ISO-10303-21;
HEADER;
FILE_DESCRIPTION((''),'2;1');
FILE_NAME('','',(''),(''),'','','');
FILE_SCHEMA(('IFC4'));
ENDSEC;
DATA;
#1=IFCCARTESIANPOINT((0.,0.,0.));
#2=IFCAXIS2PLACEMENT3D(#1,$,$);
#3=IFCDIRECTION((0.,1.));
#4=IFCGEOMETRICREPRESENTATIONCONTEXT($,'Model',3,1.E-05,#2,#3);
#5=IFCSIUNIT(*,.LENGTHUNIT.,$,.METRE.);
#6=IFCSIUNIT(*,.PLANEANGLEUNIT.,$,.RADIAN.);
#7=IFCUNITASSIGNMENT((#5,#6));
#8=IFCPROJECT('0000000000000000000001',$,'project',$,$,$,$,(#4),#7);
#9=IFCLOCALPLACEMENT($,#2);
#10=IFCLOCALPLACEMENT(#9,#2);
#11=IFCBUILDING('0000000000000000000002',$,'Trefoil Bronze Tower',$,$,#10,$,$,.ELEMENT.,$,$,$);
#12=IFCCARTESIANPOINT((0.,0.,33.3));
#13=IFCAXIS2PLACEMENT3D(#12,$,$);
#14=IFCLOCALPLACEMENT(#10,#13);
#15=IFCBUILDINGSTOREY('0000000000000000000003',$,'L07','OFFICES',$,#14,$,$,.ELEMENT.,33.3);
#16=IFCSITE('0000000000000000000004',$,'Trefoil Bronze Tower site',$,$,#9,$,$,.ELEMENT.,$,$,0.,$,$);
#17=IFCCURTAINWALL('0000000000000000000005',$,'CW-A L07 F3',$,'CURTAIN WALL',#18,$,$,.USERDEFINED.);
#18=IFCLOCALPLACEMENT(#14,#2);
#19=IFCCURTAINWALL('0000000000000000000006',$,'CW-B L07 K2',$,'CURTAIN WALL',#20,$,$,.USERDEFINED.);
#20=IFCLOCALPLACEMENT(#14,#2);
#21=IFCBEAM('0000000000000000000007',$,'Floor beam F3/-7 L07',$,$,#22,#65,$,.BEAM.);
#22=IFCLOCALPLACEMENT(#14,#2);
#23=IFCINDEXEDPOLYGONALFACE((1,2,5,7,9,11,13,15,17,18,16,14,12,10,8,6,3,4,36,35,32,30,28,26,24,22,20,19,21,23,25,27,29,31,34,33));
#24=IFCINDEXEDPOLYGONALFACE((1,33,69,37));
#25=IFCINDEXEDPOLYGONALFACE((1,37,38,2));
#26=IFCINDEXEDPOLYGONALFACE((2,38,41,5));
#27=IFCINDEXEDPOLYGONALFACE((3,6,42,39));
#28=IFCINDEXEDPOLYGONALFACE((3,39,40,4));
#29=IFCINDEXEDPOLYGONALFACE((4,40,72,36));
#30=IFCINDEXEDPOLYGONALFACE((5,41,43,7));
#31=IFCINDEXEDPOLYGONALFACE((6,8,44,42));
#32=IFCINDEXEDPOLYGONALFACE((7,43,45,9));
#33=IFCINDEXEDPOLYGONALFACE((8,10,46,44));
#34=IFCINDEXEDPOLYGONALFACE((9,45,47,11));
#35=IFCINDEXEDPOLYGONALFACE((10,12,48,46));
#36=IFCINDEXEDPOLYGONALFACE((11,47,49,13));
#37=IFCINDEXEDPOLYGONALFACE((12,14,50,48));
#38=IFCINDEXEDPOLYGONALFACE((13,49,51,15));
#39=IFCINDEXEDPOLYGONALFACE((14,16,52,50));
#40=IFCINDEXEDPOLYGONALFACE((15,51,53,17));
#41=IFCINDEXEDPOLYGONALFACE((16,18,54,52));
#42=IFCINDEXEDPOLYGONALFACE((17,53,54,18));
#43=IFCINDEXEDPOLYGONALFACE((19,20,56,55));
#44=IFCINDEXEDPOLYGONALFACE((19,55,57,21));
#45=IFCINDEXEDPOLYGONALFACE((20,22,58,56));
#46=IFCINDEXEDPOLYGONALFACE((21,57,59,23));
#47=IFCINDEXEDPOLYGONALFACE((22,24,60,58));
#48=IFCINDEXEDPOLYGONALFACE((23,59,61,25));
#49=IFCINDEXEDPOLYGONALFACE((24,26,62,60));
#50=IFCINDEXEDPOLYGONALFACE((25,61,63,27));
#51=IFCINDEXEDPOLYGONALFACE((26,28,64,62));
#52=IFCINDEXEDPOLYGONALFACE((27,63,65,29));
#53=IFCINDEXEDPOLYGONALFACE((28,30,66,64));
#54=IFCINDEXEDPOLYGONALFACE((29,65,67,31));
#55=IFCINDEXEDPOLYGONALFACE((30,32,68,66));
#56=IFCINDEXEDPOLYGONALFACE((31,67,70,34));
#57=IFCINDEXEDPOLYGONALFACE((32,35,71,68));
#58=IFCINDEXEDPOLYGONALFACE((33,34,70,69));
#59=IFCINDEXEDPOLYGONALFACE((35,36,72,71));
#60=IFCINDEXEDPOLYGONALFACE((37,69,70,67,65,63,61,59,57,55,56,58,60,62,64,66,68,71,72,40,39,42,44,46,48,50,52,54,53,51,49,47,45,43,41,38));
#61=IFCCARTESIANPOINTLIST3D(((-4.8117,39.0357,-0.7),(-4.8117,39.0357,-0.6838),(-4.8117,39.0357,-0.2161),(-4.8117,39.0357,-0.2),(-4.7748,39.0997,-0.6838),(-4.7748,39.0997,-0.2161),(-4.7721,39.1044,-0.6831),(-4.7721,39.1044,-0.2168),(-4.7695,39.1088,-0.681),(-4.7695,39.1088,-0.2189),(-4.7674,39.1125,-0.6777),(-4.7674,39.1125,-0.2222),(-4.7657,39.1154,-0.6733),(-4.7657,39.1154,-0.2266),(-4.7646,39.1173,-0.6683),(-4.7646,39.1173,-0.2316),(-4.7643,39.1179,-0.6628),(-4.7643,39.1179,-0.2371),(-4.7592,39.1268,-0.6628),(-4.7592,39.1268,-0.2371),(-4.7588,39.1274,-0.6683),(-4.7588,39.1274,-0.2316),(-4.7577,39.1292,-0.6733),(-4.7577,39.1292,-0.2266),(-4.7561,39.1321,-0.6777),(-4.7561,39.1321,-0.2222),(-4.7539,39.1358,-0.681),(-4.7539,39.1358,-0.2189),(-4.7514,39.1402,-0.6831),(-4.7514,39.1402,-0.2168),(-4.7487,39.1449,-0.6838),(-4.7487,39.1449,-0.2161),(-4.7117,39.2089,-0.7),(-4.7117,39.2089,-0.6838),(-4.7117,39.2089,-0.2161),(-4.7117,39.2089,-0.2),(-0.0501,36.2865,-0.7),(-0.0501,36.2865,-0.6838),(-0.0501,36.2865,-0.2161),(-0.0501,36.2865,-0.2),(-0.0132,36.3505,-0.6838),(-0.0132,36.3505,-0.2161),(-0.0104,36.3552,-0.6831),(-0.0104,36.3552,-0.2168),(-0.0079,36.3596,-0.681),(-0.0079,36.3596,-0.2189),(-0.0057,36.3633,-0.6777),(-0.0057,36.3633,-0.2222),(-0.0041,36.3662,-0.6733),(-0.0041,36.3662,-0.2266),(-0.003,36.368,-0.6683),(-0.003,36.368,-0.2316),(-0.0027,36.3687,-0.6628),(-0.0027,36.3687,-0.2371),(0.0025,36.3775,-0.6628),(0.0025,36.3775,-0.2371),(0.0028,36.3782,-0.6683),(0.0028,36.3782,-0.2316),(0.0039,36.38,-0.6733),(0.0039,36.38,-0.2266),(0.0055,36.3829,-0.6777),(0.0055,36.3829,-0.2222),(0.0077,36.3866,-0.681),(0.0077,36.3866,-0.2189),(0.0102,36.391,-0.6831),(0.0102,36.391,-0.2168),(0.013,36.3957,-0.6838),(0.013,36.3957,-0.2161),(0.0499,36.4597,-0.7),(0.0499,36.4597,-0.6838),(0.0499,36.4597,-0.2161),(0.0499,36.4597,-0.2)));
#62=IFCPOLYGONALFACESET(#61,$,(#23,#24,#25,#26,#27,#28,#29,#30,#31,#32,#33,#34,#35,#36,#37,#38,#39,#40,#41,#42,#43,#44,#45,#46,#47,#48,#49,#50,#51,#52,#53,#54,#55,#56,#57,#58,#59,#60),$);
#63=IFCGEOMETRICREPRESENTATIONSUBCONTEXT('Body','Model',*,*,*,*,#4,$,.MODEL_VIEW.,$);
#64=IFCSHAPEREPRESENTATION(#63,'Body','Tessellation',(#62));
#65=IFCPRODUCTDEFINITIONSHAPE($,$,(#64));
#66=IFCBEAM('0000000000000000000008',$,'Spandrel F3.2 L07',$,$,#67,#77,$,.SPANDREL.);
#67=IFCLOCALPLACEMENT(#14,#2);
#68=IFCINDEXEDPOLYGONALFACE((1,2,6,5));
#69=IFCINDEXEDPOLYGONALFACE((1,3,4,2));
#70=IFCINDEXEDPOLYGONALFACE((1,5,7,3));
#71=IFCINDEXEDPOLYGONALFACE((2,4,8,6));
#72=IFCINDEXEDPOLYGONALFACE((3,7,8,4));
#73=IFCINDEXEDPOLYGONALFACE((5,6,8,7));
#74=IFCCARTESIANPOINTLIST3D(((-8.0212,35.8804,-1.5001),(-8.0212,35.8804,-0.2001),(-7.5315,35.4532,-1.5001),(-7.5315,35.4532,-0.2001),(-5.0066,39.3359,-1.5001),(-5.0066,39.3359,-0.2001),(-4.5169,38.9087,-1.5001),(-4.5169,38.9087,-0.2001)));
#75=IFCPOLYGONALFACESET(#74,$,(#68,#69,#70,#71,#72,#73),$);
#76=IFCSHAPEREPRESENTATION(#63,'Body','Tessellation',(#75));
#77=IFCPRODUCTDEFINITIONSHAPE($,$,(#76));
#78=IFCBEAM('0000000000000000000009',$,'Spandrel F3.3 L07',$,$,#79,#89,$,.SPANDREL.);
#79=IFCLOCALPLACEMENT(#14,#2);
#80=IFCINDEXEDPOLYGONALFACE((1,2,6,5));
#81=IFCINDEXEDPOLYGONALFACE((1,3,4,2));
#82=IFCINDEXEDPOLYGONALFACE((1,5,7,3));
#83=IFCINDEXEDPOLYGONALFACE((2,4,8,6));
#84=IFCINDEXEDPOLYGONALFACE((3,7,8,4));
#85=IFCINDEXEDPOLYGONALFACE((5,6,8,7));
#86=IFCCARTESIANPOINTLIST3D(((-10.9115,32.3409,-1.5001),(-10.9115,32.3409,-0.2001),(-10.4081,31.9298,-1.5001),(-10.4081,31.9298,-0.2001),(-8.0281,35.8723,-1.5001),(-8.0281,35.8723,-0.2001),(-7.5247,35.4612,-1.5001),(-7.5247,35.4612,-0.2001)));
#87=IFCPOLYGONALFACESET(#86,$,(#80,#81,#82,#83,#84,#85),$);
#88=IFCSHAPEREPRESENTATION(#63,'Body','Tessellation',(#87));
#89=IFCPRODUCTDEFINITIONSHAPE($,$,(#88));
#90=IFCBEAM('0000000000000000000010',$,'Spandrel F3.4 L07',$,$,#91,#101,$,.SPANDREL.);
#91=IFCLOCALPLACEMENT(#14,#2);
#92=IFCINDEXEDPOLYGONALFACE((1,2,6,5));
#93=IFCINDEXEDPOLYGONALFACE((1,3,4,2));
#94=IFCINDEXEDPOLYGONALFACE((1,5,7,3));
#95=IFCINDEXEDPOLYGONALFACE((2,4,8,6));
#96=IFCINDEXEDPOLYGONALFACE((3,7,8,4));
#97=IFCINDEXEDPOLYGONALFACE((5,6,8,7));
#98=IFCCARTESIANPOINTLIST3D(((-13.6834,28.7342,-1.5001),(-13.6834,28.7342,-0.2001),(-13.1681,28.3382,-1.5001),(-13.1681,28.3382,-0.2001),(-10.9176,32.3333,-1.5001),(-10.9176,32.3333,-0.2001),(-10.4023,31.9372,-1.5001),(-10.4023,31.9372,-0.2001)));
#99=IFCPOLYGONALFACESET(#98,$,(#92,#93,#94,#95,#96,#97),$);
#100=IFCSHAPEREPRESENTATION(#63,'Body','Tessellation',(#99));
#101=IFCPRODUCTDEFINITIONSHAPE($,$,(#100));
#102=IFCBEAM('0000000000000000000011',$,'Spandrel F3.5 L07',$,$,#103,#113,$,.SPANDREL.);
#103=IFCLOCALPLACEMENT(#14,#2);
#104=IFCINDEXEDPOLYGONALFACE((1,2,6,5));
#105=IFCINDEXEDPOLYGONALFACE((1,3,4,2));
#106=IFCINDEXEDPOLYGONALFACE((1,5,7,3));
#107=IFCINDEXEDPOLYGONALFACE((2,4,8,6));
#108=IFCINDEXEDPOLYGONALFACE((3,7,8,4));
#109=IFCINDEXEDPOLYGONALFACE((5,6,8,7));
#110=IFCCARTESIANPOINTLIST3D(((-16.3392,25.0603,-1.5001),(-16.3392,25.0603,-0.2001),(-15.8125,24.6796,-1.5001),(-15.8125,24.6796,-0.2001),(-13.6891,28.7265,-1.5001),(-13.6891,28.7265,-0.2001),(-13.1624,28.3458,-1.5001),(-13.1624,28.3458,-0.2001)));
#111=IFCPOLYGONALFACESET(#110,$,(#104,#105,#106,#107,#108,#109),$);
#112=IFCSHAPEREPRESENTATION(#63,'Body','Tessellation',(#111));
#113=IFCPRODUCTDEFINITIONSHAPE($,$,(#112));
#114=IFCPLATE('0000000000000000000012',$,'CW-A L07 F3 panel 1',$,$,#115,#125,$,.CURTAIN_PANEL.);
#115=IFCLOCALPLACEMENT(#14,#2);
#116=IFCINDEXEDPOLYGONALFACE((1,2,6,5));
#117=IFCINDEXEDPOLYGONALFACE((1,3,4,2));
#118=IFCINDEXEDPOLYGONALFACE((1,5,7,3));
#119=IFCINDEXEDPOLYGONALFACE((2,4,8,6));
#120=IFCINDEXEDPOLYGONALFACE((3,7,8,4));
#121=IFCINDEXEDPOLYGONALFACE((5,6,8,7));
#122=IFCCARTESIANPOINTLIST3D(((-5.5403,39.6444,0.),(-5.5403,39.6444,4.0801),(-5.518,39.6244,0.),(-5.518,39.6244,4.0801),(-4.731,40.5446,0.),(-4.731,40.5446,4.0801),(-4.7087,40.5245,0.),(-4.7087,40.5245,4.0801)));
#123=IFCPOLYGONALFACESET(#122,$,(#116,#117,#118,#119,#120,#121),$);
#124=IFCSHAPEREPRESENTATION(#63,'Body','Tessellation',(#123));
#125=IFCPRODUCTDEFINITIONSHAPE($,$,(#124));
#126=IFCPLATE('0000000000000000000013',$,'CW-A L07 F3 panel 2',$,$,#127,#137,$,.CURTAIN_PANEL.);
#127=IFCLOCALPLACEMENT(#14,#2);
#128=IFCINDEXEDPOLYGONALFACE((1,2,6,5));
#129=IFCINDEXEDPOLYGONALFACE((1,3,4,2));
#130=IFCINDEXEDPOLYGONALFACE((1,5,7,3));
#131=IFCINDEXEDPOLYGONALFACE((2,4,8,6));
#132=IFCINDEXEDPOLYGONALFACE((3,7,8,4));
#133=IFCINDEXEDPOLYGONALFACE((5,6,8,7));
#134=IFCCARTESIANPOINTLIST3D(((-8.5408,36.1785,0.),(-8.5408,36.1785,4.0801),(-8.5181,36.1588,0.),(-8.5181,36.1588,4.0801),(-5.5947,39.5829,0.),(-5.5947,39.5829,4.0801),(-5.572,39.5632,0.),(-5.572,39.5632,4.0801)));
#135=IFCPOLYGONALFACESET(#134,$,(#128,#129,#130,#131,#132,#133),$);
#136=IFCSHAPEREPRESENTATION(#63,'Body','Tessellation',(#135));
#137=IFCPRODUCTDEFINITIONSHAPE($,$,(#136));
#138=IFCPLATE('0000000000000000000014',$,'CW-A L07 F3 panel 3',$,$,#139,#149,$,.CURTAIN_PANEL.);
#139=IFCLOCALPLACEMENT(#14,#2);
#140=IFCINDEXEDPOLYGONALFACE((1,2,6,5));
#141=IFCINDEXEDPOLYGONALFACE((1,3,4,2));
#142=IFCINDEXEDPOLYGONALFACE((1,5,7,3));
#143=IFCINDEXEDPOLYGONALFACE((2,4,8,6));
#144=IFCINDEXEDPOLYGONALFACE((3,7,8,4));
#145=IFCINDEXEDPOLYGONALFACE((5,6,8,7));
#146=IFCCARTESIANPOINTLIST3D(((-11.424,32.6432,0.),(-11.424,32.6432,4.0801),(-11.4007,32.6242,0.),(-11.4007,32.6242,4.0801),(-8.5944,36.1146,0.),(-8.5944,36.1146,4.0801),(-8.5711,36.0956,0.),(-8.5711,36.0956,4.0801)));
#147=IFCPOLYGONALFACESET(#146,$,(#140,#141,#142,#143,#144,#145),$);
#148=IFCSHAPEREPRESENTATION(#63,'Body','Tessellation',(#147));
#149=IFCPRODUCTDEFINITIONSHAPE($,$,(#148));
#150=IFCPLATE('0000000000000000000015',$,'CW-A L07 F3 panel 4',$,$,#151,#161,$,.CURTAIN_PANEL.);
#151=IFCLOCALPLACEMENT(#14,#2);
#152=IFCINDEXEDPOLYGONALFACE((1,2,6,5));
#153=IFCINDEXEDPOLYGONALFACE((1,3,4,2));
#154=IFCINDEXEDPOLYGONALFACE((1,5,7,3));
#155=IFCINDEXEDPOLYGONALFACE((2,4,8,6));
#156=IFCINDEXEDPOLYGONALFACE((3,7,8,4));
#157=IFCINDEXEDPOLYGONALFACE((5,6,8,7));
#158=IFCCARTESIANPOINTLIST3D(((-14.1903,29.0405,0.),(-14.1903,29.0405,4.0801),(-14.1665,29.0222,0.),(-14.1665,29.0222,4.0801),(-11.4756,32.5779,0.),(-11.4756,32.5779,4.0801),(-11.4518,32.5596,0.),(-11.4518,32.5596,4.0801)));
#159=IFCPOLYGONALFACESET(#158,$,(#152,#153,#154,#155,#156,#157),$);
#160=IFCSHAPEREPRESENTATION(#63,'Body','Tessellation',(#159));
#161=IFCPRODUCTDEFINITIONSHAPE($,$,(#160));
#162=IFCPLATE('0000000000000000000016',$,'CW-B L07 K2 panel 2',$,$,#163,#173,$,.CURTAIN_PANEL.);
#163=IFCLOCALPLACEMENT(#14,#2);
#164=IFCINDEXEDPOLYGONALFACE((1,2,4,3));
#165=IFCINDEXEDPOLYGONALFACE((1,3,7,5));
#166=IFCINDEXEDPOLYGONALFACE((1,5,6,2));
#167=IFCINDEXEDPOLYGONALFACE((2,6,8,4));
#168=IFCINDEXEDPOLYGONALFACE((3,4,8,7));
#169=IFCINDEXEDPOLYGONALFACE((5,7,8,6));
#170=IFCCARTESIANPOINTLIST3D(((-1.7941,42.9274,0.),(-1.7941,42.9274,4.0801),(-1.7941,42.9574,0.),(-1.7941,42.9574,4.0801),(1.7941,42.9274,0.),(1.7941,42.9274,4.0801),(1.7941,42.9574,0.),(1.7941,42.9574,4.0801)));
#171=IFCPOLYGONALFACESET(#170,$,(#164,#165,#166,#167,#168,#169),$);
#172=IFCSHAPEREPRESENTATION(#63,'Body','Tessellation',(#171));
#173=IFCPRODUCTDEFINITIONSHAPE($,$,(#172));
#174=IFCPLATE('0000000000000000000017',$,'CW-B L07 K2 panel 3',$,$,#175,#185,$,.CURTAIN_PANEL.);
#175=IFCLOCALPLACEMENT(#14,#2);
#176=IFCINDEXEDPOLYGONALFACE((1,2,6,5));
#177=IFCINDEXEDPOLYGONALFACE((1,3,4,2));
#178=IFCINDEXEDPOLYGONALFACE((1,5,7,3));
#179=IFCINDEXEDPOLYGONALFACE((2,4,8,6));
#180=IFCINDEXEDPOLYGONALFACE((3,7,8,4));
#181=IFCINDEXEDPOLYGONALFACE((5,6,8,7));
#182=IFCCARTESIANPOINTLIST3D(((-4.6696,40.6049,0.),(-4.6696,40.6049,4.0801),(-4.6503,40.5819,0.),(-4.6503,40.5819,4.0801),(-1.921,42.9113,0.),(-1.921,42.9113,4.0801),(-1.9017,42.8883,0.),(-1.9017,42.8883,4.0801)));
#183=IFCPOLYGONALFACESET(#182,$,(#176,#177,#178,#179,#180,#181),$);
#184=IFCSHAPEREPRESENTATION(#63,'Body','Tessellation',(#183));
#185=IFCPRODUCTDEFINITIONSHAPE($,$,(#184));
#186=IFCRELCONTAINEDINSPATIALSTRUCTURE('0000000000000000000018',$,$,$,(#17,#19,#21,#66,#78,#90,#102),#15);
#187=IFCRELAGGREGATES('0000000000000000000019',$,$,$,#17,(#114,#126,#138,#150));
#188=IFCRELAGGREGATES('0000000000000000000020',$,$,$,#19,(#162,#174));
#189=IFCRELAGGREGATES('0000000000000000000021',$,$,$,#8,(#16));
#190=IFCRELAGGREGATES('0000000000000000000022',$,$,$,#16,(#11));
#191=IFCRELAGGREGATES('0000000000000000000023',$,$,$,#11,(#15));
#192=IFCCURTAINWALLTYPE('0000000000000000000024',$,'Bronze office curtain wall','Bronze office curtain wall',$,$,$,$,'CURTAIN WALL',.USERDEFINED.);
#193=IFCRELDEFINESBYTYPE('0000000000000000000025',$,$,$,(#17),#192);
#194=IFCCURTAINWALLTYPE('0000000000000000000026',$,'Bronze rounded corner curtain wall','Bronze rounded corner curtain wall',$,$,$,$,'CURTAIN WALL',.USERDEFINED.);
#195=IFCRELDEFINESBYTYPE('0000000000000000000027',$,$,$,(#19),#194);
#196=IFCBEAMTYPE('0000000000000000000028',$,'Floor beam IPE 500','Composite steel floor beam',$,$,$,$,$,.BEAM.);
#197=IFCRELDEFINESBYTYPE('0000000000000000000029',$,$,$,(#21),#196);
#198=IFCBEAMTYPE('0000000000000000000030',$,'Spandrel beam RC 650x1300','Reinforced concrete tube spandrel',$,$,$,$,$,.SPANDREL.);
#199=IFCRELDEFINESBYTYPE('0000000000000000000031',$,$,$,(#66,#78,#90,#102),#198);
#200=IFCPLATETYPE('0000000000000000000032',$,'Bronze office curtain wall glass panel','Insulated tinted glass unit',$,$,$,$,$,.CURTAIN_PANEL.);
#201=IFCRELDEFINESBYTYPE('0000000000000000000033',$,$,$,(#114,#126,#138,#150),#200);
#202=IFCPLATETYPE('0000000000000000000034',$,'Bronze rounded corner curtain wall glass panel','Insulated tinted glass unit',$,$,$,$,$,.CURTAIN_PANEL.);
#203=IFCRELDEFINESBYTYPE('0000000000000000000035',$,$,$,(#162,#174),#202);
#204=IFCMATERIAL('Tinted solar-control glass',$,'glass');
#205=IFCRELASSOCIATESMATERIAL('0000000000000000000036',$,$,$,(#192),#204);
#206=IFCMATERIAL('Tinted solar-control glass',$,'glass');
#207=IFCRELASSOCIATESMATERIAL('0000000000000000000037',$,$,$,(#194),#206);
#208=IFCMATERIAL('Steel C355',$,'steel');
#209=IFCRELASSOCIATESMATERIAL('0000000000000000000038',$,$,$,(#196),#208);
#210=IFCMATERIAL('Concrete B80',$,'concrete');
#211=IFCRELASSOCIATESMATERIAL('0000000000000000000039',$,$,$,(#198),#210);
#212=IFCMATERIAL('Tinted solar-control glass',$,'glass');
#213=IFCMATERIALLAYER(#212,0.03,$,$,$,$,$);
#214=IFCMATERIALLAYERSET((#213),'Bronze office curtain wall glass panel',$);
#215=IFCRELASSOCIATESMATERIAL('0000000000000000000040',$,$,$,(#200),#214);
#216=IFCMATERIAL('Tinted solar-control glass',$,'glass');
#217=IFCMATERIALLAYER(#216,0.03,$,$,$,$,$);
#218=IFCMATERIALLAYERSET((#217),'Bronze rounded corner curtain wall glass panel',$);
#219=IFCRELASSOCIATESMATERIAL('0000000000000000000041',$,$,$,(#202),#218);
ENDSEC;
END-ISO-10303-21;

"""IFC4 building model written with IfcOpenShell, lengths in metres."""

from ifc_helpers import new_model, si_unit, direction, frame, origin, origin_2d, place, context, subcontext, project, spatial, rectangle, i_section, extrude, material, layer, layer_set, material_profile, profile_set, type_object, element, aggregate, save


model = new_model("IFC4")

# Units and contexts
model_context = context("Model", 3, precision=1e-05, world=origin(), true_north=direction((0.0, 1.0)))
body_context = subcontext(model_context, "Body", "Model", "MODEL_VIEW")
ifc_project = project(units=[si_unit("LENGTHUNIT", "METRE"), si_unit("PLANEANGLEUNIT", "RADIAN")], contexts=[model_context])

# Site, building, storey
site_placement = place(None, origin())
site = spatial("IfcSite", under=ifc_project, at=site_placement, Name="Trefoil Bronze Tower site", CompositionType="ELEMENT", RefElevation=0.0)
building_placement = place(site_placement, origin())
building = spatial("IfcBuilding", under=site, at=building_placement, Name="Trefoil Bronze Tower", CompositionType="ELEMENT")
storey_placement = place(building_placement, frame((0.0, 0.0, 33.3)))
storey = spatial("IfcBuildingStorey", under=building, at=storey_placement, Name="L07", Description="OFFICES", CompositionType="ELEMENT", Elevation=33.3)

# Curtain walls
ifc_material_1 = material(Name="Tinted solar-control glass", Category="glass")
curtain_wall_type_1 = type_object("IfcCurtainWallType", Name="Bronze office curtain wall", Description="Bronze office curtain wall", ElementType="CURTAIN WALL", PredefinedType="USERDEFINED", material=ifc_material_1)
curtain_wall_1_placement = place(storey_placement, origin())
curtain_wall_1 = element("IfcCurtainWall", 1, at=curtain_wall_1_placement, inside=storey, type_object=curtain_wall_type_1, Name="CW-A L07 F3", ObjectType="CURTAIN WALL", PredefinedType="USERDEFINED")
ifc_material_2 = material(Name="Tinted solar-control glass", Category="glass")
curtain_wall_type_2 = type_object("IfcCurtainWallType", Name="Bronze rounded corner curtain wall", Description="Bronze rounded corner curtain wall", ElementType="CURTAIN WALL", PredefinedType="USERDEFINED", material=ifc_material_2)
curtain_wall_2_placement = place(storey_placement, origin())
curtain_wall_2 = element("IfcCurtainWall", 2, at=curtain_wall_2_placement, inside=storey, type_object=curtain_wall_type_2, Name="CW-B L07 K2", ObjectType="CURTAIN WALL", PredefinedType="USERDEFINED")

# Beams
ifc_material_3 = material(Name="Steel C355", Category="steel")
ifc_material_profile_1 = material_profile(ifc_material_3, i_section(OverallWidth=0.2, OverallDepth=0.5, WebThickness=0.0103, FlangeThickness=0.0161, FilletRadius=0.021, at=origin_2d()), Name="IPE 500")
ifc_profile_set_1 = profile_set([ifc_material_profile_1], Name="Steel C355")
beam_type_1 = type_object("IfcBeamType", Name="Floor beam IPE 500", Description="Composite steel floor beam", PredefinedType="BEAM", material=ifc_profile_set_1)
beam_1_placement = place(storey_placement, frame((-4.7617, 39.1223, -0.45), z_axis=(0.866018, -0.500012, 0.0), x_axis=(0.500012, 0.866018, 0.0)))
element("IfcBeam", 3, at=beam_1_placement, inside=storey, type_object=beam_type_1, Name="Floor beam F3/-7 L07", PredefinedType="BEAM", context=body_context, shape_type="SweptSolid", body=[
    extrude(i_section(OverallWidth=0.2, OverallDepth=0.5, WebThickness=0.0103, FlangeThickness=0.0161, FilletRadius=0.021, at=origin_2d()), origin(), (0.0, 0.0, 1.0), 5.4983),
])
ifc_material_4 = material(Name="Concrete B80", Category="concrete")
ifc_material_profile_2 = material_profile(ifc_material_4, rectangle(XDim=0.6499, YDim=1.3, at=origin_2d()), Name="RC 650x1300")
ifc_profile_set_2 = profile_set([ifc_material_profile_2], Name="Concrete B80")
beam_type_2 = type_object("IfcBeamType", Name="Spandrel beam RC 650x1300", Description="Reinforced concrete tube spandrel", PredefinedType="SPANDREL", material=ifc_profile_set_2)
beam_2_placement = place(storey_placement, frame((-4.7617, 39.1223, -0.8501), z_axis=(-0.657396, -0.753545, 0.0), x_axis=(0.753545, -0.657396, 0.0)))
element("IfcBeam", 4, at=beam_2_placement, inside=storey, type_object=beam_type_2, Name="Spandrel F3.2 L07", PredefinedType="SPANDREL", context=body_context, shape_type="SweptSolid", body=[
    extrude(rectangle(XDim=0.6499, YDim=1.3, at=origin_2d()), origin(), (0.0, 0.0, 1.0), 4.5857),
])
beam_3_placement = place(storey_placement, frame((-7.7764, 35.6667, -0.8501), z_axis=(-0.632468, -0.774587, 0.0), x_axis=(0.774587, -0.632468, 0.0)))
element("IfcBeam", 5, at=beam_3_placement, inside=storey, type_object=beam_type_2, Name="Spandrel F3.3 L07", PredefinedType="SPANDREL", context=body_context, shape_type="SweptSolid", body=[
    extrude(rectangle(XDim=0.6499, YDim=1.3, at=origin_2d()), origin(), (0.0, 0.0, 1.0), 4.5591),
])
beam_4_placement = place(storey_placement, frame((-10.6599, 32.1353, -0.8501), z_axis=(-0.609339, -0.79291, 0.0), x_axis=(0.79291, -0.609339, 0.0)))
element("IfcBeam", 6, at=beam_4_placement, inside=storey, type_object=beam_type_2, Name="Spandrel F3.4 L07", PredefinedType="SPANDREL", context=body_context, shape_type="SweptSolid", body=[
    extrude(rectangle(XDim=0.6499, YDim=1.3, at=origin_2d()), origin(), (0.0, 0.0, 1.0), 4.5391),
])
beam_5_placement = place(storey_placement, frame((-13.4258, 28.5361, -0.8501), z_axis=(-0.585824, -0.810439, 0.0), x_axis=(0.810439, -0.585824, 0.0)))
element("IfcBeam", 7, at=beam_5_placement, inside=storey, type_object=beam_type_2, Name="Spandrel F3.5 L07", PredefinedType="SPANDREL", context=body_context, shape_type="SweptSolid", body=[
    extrude(rectangle(XDim=0.6499, YDim=1.3, at=origin_2d()), origin(), (0.0, 0.0, 1.0), 4.5237),
])

# Plates
ifc_material_5 = material(Name="Tinted solar-control glass", Category="glass")
ifc_layer_1 = layer(ifc_material_5, 0.03)
ifc_layer_set_1 = layer_set([ifc_layer_1], Name="Bronze office curtain wall glass panel")
plate_type_1 = type_object("IfcPlateType", Name="Bronze office curtain wall glass panel", Description="Insulated tinted glass unit", PredefinedType="CURTAIN_PANEL", material=ifc_layer_set_1)
plate_1_placement = place(storey_placement, frame((-5.1245, 40.0845, 0.0), z_axis=(0.0, 0.0, 1.0), x_axis=(-0.668575, -0.743645, 0.0)))
plate_1 = element("IfcPlate", 8, at=plate_1_placement, type_object=plate_type_1, Name="CW-A L07 F3 panel 1", PredefinedType="CURTAIN_PANEL", context=body_context, shape_type="SweptSolid", body=[
    extrude(rectangle(XDim=1.2104, YDim=0.03, at=origin_2d()), origin(), (0.0, 0.0, 1.0), 4.0801),
])
plate_2_placement = place(storey_placement, frame((-7.0564, 37.8708, 0.0), z_axis=(0.0, 0.0, 1.0), x_axis=(-0.654376, -0.756169, 0.0)))
plate_2 = element("IfcPlate", 9, at=plate_2_placement, type_object=plate_type_1, Name="CW-A L07 F3 panel 2", PredefinedType="CURTAIN_PANEL", context=body_context, shape_type="SweptSolid", body=[
    extrude(rectangle(XDim=4.5022, YDim=0.03, at=origin_2d()), origin(), (0.0, 0.0, 1.0), 4.0801),
])
plate_3_placement = place(storey_placement, frame((-9.9976, 34.3694, 0.0), z_axis=(0.0, 0.0, 1.0), x_axis=(-0.631811, -0.775123, 0.0)))
plate_3 = element("IfcPlate", 10, at=plate_3_placement, type_object=plate_type_1, Name="CW-A L07 F3 panel 3", PredefinedType="CURTAIN_PANEL", context=body_context, shape_type="SweptSolid", body=[
    extrude(rectangle(XDim=4.4785, YDim=0.03, at=origin_2d()), origin(), (0.0, 0.0, 1.0), 4.0801),
])
plate_4_placement = place(storey_placement, frame((-12.821, 30.8, 0.0), z_axis=(0.0, 0.0, 1.0), x_axis=(-0.608808, -0.793318, 0.0)))
plate_4 = element("IfcPlate", 11, at=plate_4_placement, type_object=plate_type_1, Name="CW-A L07 F3 panel 4", PredefinedType="CURTAIN_PANEL", context=body_context, shape_type="SweptSolid", body=[
    extrude(rectangle(XDim=4.459, YDim=0.03, at=origin_2d()), origin(), (0.0, 0.0, 1.0), 4.0801),
])
aggregate(curtain_wall_1, [plate_1, plate_2, plate_3, plate_4])
ifc_material_6 = material(Name="Tinted solar-control glass", Category="glass")
ifc_layer_2 = layer(ifc_material_6, 0.03)
ifc_layer_set_2 = layer_set([ifc_layer_2], Name="Bronze rounded corner curtain wall glass panel")
plate_type_2 = type_object("IfcPlateType", Name="Bronze rounded corner curtain wall glass panel", Description="Insulated tinted glass unit", PredefinedType="CURTAIN_PANEL", material=ifc_layer_set_2)
plate_5_placement = place(storey_placement, frame((0.0, 42.9424, 0.0), z_axis=(0.0, 0.0, 1.0), x_axis=(-1.0, 0.0, 0.0)))
plate_5 = element("IfcPlate", 12, at=plate_5_placement, type_object=plate_type_2, Name="CW-B L07 K2 panel 2", PredefinedType="CURTAIN_PANEL", context=body_context, shape_type="SweptSolid", body=[
    extrude(rectangle(XDim=3.5881, YDim=0.03, at=origin_2d()), origin(), (0.0, 0.0, 1.0), 4.0801),
])
plate_6_placement = place(storey_placement, frame((-3.2856, 41.7466, 0.0), z_axis=(0.0, 0.0, 1.0), x_axis=(-0.766044, -0.642788, 0.0)))
plate_6 = element("IfcPlate", 13, at=plate_6_placement, type_object=plate_type_2, Name="CW-B L07 K2 panel 3", PredefinedType="CURTAIN_PANEL", context=body_context, shape_type="SweptSolid", body=[
    extrude(rectangle(XDim=3.5881, YDim=0.03, at=origin_2d()), origin(), (0.0, 0.0, 1.0), 4.0801),
])
aggregate(curtain_wall_2, [plate_5, plate_6])

save(model, "model.ifc")
